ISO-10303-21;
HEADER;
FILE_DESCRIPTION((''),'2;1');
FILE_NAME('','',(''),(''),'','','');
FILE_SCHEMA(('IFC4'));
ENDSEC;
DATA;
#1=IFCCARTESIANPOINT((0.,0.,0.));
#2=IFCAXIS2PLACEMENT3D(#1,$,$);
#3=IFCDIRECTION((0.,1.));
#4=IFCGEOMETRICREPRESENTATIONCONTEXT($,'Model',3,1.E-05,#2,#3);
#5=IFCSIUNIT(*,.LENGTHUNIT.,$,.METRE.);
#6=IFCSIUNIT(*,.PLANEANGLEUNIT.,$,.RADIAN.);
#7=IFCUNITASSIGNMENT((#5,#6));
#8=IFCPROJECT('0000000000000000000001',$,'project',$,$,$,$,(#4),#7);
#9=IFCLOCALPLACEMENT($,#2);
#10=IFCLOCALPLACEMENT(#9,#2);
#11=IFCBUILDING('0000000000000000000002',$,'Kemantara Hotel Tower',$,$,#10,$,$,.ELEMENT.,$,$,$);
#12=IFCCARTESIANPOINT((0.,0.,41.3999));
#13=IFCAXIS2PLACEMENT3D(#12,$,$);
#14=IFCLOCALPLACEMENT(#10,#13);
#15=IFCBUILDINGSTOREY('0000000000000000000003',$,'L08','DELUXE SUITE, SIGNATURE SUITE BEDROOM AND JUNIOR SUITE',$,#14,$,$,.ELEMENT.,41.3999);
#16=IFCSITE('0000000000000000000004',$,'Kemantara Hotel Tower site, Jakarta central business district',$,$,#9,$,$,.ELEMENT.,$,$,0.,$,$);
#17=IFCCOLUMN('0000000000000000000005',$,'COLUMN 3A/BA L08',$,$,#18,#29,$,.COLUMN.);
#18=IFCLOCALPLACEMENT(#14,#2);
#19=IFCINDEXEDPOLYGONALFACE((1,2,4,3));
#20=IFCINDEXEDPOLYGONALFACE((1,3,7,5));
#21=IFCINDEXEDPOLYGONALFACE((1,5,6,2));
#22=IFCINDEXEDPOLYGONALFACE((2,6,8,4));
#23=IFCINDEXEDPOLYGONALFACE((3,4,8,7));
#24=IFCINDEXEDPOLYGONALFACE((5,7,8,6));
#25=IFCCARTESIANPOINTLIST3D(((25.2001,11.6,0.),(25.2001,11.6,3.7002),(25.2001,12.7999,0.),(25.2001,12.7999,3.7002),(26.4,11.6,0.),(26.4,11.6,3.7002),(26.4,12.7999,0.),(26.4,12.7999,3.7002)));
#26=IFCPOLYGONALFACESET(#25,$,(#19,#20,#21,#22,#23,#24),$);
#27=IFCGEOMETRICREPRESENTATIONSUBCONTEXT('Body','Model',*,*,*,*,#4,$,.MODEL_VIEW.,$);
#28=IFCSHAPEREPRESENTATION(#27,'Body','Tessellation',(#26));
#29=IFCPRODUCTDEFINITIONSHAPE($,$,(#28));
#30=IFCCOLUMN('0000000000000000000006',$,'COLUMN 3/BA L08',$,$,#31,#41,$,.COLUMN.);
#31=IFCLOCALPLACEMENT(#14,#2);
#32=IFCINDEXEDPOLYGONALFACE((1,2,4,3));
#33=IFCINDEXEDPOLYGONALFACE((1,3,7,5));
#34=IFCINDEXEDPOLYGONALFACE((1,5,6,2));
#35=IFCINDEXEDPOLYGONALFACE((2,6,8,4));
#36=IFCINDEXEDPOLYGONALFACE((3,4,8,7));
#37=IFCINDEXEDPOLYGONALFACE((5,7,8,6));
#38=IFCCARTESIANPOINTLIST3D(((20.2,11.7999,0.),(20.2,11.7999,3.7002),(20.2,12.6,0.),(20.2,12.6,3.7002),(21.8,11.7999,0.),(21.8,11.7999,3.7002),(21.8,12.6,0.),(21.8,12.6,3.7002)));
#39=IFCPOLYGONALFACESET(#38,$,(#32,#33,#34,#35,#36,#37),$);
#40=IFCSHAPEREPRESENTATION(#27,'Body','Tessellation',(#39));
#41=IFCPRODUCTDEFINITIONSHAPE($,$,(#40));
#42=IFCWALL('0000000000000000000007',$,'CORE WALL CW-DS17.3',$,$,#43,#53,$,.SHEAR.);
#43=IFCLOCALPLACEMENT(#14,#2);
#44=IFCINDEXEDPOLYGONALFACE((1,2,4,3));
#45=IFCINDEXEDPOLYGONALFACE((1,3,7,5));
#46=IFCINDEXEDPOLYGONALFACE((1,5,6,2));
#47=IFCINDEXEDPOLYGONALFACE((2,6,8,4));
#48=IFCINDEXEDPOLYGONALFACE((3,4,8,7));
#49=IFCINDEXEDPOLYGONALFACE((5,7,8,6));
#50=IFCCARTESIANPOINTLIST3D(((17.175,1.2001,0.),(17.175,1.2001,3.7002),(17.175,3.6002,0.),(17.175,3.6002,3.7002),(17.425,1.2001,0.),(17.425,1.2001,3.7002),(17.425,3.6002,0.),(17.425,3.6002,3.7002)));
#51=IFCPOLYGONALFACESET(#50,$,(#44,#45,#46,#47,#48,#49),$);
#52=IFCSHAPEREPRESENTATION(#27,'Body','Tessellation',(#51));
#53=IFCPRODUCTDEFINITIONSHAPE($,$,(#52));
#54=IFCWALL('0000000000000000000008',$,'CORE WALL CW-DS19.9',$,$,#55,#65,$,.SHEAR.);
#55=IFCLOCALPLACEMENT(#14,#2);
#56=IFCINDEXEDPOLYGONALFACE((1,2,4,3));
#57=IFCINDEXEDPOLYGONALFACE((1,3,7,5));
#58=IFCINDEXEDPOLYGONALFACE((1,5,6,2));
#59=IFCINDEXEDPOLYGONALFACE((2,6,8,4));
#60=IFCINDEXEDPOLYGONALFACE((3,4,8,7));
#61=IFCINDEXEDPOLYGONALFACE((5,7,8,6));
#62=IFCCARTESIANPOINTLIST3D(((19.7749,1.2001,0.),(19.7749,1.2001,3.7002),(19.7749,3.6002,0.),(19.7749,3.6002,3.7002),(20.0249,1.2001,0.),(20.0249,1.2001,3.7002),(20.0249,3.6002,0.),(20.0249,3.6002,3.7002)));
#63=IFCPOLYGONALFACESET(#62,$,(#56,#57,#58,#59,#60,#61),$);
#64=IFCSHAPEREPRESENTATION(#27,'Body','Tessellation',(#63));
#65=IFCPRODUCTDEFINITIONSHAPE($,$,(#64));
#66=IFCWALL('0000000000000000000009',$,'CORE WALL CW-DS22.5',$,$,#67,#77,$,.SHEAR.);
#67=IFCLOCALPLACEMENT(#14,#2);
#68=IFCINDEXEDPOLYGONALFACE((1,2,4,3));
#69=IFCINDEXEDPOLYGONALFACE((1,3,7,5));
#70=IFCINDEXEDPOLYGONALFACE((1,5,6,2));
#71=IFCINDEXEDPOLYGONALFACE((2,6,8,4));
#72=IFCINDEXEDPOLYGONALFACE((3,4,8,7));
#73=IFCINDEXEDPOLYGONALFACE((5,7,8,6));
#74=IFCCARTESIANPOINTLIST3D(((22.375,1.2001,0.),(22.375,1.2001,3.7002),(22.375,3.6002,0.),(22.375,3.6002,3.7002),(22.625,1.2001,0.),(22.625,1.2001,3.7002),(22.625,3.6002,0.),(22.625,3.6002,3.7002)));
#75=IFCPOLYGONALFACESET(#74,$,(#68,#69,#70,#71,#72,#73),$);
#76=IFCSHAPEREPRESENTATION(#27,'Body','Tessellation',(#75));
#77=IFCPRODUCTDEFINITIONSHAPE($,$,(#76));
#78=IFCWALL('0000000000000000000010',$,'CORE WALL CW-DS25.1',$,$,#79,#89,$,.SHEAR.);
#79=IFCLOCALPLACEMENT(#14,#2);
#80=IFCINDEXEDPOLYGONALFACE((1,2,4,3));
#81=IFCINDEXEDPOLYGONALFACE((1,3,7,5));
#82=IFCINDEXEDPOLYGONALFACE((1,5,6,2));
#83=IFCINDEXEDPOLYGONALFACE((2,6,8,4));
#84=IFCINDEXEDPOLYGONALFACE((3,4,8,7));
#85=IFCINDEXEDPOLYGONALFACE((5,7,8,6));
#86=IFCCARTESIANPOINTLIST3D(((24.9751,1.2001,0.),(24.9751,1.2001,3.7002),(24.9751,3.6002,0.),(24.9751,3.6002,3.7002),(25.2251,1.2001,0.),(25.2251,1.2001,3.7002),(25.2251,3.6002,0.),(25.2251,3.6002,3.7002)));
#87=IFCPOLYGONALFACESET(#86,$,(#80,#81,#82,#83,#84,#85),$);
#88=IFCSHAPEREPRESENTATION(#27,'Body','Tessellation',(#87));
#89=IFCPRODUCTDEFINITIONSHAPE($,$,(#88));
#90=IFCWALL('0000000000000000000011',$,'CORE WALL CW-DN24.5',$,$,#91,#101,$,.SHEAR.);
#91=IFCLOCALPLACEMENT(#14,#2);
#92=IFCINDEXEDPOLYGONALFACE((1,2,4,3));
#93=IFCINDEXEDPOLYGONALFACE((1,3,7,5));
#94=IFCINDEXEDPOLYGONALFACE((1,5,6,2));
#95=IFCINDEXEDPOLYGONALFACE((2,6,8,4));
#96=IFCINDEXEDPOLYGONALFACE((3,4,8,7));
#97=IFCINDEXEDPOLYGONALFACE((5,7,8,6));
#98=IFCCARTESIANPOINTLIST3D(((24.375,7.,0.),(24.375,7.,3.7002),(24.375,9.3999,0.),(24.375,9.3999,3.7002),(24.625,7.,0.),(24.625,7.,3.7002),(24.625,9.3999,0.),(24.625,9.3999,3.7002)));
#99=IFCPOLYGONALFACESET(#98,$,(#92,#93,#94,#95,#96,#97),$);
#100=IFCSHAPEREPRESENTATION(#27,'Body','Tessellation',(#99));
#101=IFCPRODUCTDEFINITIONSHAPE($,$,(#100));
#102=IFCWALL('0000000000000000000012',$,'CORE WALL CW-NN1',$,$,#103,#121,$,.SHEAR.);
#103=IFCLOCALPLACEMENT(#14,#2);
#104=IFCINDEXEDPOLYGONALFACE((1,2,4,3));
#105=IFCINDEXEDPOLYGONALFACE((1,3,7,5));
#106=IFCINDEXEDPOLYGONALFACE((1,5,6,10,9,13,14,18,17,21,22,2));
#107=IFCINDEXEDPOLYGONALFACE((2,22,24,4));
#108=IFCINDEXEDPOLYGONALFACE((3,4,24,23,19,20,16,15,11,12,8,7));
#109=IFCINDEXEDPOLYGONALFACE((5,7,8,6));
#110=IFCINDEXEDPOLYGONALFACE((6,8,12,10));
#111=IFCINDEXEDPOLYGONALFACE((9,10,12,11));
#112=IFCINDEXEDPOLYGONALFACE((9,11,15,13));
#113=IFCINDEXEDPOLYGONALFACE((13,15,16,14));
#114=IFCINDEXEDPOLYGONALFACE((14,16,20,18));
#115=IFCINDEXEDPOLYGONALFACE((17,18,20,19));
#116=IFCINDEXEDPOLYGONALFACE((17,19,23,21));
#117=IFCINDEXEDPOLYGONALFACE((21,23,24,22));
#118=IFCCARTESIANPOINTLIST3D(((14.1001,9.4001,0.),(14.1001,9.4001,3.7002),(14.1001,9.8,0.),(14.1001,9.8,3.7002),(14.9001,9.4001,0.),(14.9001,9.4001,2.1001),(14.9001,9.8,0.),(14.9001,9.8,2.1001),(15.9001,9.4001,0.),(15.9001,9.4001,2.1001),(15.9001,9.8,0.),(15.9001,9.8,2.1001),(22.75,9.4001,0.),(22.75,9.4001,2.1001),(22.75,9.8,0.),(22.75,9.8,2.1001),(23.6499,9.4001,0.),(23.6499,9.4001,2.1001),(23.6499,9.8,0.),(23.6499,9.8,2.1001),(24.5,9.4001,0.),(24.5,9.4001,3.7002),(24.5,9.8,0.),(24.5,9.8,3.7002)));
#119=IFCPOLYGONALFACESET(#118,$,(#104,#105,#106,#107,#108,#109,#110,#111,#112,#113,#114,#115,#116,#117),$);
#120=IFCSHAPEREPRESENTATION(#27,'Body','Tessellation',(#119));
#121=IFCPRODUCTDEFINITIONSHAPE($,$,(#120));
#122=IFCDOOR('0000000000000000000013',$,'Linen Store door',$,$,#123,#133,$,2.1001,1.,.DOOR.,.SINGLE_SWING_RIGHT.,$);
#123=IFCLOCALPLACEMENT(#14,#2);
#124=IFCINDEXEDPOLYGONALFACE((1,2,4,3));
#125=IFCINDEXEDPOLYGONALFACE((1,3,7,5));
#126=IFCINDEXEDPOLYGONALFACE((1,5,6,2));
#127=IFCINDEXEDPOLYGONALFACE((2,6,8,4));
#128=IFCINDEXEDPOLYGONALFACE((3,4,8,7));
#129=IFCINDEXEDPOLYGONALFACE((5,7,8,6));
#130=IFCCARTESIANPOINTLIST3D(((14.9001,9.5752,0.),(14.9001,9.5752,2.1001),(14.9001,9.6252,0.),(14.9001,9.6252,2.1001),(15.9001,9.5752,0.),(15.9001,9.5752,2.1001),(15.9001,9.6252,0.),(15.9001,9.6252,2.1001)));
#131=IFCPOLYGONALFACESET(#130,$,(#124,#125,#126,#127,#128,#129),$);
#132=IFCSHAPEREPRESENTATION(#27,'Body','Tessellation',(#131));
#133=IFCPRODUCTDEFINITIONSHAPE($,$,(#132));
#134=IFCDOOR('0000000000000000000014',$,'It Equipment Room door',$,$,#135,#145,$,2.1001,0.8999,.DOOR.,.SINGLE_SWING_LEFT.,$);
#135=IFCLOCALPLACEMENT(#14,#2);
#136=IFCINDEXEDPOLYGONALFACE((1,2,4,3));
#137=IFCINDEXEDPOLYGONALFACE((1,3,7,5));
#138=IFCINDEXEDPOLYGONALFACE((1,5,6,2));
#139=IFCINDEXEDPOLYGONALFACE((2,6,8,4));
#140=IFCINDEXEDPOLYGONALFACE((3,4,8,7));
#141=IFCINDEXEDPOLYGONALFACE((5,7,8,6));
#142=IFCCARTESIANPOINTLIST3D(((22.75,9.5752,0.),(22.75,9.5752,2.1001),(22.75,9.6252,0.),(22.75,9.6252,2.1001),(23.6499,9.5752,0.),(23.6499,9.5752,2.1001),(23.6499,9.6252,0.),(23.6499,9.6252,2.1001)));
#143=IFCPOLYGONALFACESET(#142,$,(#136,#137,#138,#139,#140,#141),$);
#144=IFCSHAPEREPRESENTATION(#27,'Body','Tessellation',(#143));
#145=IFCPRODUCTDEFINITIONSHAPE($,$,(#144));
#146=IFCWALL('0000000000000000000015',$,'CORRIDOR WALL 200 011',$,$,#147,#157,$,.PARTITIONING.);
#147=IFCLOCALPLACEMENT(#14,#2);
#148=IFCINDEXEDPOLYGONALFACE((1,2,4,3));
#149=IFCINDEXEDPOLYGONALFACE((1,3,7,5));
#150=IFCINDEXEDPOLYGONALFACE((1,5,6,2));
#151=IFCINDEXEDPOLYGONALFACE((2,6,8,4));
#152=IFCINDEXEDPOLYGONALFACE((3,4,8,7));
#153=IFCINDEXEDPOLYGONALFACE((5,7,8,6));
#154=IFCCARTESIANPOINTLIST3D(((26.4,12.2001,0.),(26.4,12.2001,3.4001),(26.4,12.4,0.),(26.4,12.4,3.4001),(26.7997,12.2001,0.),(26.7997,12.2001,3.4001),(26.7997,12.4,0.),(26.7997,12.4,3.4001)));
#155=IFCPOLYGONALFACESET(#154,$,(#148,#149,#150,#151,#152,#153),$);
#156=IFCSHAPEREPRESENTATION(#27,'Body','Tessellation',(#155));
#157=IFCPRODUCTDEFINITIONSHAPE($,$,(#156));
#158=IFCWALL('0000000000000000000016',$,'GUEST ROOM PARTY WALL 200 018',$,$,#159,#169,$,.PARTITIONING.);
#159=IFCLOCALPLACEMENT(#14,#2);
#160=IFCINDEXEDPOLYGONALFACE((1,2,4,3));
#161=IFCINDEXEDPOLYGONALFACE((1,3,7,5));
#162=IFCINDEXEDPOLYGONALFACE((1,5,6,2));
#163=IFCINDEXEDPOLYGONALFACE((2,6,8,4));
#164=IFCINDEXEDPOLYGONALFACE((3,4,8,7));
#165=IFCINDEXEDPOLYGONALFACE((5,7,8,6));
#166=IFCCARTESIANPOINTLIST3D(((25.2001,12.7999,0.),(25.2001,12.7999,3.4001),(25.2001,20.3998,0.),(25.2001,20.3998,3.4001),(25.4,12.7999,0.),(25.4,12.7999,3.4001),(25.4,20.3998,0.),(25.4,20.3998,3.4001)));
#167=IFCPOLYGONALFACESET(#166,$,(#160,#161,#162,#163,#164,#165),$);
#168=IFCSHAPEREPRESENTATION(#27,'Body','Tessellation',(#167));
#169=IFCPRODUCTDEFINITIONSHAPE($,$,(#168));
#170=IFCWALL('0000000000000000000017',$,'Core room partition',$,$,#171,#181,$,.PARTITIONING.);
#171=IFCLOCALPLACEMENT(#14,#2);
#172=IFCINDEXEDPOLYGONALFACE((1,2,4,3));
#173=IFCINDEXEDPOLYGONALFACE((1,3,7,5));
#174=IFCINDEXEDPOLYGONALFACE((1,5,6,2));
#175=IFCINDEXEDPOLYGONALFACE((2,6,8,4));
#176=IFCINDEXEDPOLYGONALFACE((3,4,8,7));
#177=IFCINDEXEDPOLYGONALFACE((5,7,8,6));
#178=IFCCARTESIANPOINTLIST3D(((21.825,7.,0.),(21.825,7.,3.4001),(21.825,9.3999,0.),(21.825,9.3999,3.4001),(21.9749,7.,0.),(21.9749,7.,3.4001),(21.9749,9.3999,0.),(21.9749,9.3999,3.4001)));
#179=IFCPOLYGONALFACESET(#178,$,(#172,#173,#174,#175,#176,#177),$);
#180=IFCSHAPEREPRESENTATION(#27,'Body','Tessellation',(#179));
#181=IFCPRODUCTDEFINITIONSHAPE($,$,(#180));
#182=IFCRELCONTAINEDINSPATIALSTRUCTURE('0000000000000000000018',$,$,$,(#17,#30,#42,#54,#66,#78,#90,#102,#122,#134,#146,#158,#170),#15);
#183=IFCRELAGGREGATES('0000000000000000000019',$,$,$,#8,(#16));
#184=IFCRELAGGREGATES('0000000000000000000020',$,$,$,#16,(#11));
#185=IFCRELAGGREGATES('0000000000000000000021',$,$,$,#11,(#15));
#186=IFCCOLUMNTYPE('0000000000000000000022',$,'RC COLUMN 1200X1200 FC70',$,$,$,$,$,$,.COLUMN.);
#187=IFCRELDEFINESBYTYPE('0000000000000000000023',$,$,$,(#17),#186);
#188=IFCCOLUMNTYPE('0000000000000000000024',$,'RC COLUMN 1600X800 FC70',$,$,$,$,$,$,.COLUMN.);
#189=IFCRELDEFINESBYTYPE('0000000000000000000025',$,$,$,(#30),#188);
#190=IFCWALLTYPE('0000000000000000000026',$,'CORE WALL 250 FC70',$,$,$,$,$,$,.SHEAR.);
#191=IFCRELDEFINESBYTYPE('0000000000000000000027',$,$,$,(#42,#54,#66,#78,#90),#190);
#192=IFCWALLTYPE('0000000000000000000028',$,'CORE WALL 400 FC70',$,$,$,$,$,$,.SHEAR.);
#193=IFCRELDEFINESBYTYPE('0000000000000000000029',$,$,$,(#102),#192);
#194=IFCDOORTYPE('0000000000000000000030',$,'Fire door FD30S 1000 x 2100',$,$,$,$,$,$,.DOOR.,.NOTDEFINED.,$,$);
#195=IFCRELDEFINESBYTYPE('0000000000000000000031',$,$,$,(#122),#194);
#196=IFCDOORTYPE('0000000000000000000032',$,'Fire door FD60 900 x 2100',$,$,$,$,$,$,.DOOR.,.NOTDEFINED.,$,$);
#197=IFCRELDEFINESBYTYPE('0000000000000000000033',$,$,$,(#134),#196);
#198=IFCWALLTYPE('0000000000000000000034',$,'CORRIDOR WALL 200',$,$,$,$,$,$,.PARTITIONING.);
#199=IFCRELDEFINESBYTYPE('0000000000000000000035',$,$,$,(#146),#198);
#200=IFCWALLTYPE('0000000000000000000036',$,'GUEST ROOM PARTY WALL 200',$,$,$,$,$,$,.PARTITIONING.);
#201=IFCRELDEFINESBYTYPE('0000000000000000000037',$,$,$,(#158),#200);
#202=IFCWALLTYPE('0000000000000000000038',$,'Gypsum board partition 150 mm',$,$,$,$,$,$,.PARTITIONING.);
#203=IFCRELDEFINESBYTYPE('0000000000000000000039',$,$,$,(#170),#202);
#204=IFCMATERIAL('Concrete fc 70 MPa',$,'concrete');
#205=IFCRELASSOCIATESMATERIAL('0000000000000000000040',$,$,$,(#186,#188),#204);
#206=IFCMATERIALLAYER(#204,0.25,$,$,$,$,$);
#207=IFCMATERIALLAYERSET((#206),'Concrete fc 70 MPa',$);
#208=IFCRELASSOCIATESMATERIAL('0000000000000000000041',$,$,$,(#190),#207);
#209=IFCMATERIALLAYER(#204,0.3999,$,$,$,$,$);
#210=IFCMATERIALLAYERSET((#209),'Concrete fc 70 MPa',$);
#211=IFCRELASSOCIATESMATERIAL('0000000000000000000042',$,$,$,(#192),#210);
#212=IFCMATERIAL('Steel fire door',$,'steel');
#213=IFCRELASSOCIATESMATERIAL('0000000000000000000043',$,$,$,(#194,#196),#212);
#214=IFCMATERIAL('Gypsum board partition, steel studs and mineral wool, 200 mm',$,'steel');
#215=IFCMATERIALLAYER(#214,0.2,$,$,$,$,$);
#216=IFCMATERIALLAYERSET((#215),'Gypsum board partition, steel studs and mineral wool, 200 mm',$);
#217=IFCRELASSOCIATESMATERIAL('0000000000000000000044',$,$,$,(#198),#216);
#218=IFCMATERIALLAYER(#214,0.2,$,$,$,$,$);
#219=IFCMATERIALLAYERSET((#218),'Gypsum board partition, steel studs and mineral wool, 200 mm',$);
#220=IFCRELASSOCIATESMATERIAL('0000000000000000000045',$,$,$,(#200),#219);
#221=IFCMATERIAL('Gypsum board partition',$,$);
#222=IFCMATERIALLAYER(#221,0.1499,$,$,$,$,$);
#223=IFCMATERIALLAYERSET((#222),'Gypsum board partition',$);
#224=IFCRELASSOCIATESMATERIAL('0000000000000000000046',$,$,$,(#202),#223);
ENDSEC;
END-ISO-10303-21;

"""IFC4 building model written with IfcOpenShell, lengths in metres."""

from ifc_helpers import new_model, si_unit, direction, frame, frame_2d, origin, origin_2d, place, context, subcontext, project, spatial, rectangle, extrude, material, layer, layer_set, material_profile, profile_set, type_object, element, fill, save


model = new_model("IFC4")

# Units and contexts
model_context = context("Model", 3, precision=1e-05, world=origin(), true_north=direction((0.0, 1.0)))
body_context = subcontext(model_context, "Body", "Model", "MODEL_VIEW")
ifc_project = project(units=[si_unit("LENGTHUNIT", "METRE"), si_unit("PLANEANGLEUNIT", "RADIAN")], contexts=[model_context])

# Site, building, storey
site_placement = place(None, origin())
site = spatial("IfcSite", under=ifc_project, at=site_placement, Name="Kemantara Hotel Tower site, Jakarta central business district", CompositionType="ELEMENT", RefElevation=0.0)
building_placement = place(site_placement, origin())
building = spatial("IfcBuilding", under=site, at=building_placement, Name="Kemantara Hotel Tower", CompositionType="ELEMENT")
storey_placement = place(building_placement, frame((0.0, 0.0, 41.3999)))
storey = spatial("IfcBuildingStorey", under=building, at=storey_placement, Name="L08", Description="DELUXE SUITE, SIGNATURE SUITE BEDROOM AND JUNIOR SUITE", CompositionType="ELEMENT", Elevation=41.3999)

# Columns
ifc_material_1 = material(Name="Concrete fc 70 MPa", Category="concrete")
ifc_material_profile_1 = material_profile(ifc_material_1, rectangle(XDim=1.2, YDim=1.2, at=origin_2d()), Name="RC 1200X1200")
ifc_profile_set_1 = profile_set([ifc_material_profile_1], Name="Concrete fc 70 MPa")
column_type_1 = type_object("IfcColumnType", Name="RC COLUMN 1200X1200 FC70", PredefinedType="COLUMN", material=ifc_profile_set_1)
column_1_placement = place(storey_placement, frame((25.8, 12.2, 0.0), z_axis=(0.0, 0.0, 1.0), x_axis=(1.0, 0.0, 0.0)))
element("IfcColumn", 1, at=column_1_placement, inside=storey, type_object=column_type_1, Name="COLUMN 3A/BA L08", PredefinedType="COLUMN", context=body_context, shape_type="SweptSolid", body=[
    extrude(rectangle(XDim=1.2, YDim=1.2, at=origin_2d()), origin(), (0.0, 0.0, 1.0), 3.7002),
])
ifc_material_profile_2 = material_profile(ifc_material_1, rectangle(XDim=1.6001, YDim=0.8, at=origin_2d()), Name="RC 1600X800")
ifc_profile_set_2 = profile_set([ifc_material_profile_2], Name="Concrete fc 70 MPa")
column_type_2 = type_object("IfcColumnType", Name="RC COLUMN 1600X800 FC70", PredefinedType="COLUMN", material=ifc_profile_set_2)
column_2_placement = place(storey_placement, frame((21.0, 12.2, 0.0), z_axis=(0.0, 0.0, 1.0), x_axis=(1.0, 0.0, 0.0)))
element("IfcColumn", 2, at=column_2_placement, inside=storey, type_object=column_type_2, Name="COLUMN 3/BA L08", PredefinedType="COLUMN", context=body_context, shape_type="SweptSolid", body=[
    extrude(rectangle(XDim=1.6001, YDim=0.8, at=origin_2d()), origin(), (0.0, 0.0, 1.0), 3.7002),
])

# Walls
ifc_layer_1 = layer(ifc_material_1, 0.25)
ifc_layer_set_1 = layer_set([ifc_layer_1], Name="Concrete fc 70 MPa")
wall_type_1 = type_object("IfcWallType", Name="CORE WALL 250 FC70", PredefinedType="SHEAR", material=ifc_layer_set_1)
for number, where, z_axis, x_axis, name in (
    (3, (17.3, 1.2, 0.0), (0.0, 0.0, 1.0), (0.0, 1.0, 0.0), "CORE WALL CW-DS17.3"),
    (4, (19.8999, 1.2, 0.0), (0.0, 0.0, 1.0), (0.0, 1.0, 0.0), "CORE WALL CW-DS19.9"),
    (5, (22.5, 1.2, 0.0), (0.0, 0.0, 1.0), (0.0, 1.0, 0.0), "CORE WALL CW-DS22.5"),
    (6, (25.1001, 1.2, 0.0), (0.0, 0.0, 1.0), (0.0, 1.0, 0.0), "CORE WALL CW-DS25.1"),
):
    element("IfcWall", number, at=place(storey_placement, frame(where, z_axis=z_axis, x_axis=x_axis)), inside=storey, type_object=wall_type_1, Name=name, PredefinedType="SHEAR", context=body_context, shape_type="SweptSolid", body=[
        extrude(rectangle(XDim=2.4001, YDim=0.25, at=frame_2d((1.2002, 0.0))), origin(), (0.0, 0.0, 1.0), 3.7002),
    ])
wall_1_placement = place(storey_placement, frame((24.5, 7.0, 0.0), z_axis=(0.0, 0.0, 1.0), x_axis=(0.0, 1.0, 0.0)))
element("IfcWall", 7, at=wall_1_placement, inside=storey, type_object=wall_type_1, Name="CORE WALL CW-DN24.5", PredefinedType="SHEAR", context=body_context, shape_type="SweptSolid", body=[
    extrude(rectangle(XDim=2.3999, YDim=0.25, at=frame_2d((1.2, 0.0))), origin(), (0.0, 0.0, 1.0), 3.7002),
])

# Wall, openings, doors
ifc_layer_2 = layer(ifc_material_1, 0.3999)
ifc_layer_set_2 = layer_set([ifc_layer_2], Name="Concrete fc 70 MPa")
wall_type_2 = type_object("IfcWallType", Name="CORE WALL 400 FC70", PredefinedType="SHEAR", material=ifc_layer_set_2)
wall_2_placement = place(storey_placement, frame((14.1001, 9.6001, 0.0), z_axis=(0.0, 0.0, 1.0), x_axis=(1.0, 0.0, 0.0)))
wall_2 = element("IfcWall", 8, at=wall_2_placement, inside=storey, type_object=wall_type_2, Name="CORE WALL CW-NN1", PredefinedType="SHEAR", context=body_context, shape_type="SweptSolid", body=[
    extrude(rectangle(XDim=10.3999, YDim=0.3999, at=frame_2d((5.2, 0.0))), origin(), (0.0, 0.0, 1.0), 3.7002),
])
opening_1_placement = place(wall_2_placement, frame((0.8, 0.0, 0.0)))
opening_1 = element("IfcOpeningElement", 9, at=opening_1_placement, cuts=wall_2, PredefinedType="OPENING", context=body_context, shape_type="SweptSolid", body=[
    extrude(rectangle(XDim=1.0, YDim=2.1001, at=frame_2d((0.5, 1.05))), frame((0.0, 0.21, 0.0), z_axis=(0.0, -1.0, 0.0), x_axis=(1.0, 0.0, 0.0)), (0.0, 0.0, 1.0), 0.4199),
])
opening_2_placement = place(wall_2_placement, frame((8.6499, 0.0, 0.0)))
opening_2 = element("IfcOpeningElement", 10, at=opening_2_placement, cuts=wall_2, PredefinedType="OPENING", context=body_context, shape_type="SweptSolid", body=[
    extrude(rectangle(XDim=0.8999, YDim=2.1001, at=frame_2d((0.45, 1.05))), frame((0.0, 0.21, 0.0), z_axis=(0.0, -1.0, 0.0), x_axis=(1.0, 0.0, 0.0)), (0.0, 0.0, 1.0), 0.4199),
])
ifc_material_2 = material(Name="Steel fire door", Category="steel")
door_type_1 = type_object("IfcDoorType", Name="Fire door FD30S 1000 x 2100", OperationType="NOTDEFINED", PredefinedType="DOOR", material=ifc_material_2)
door_1_placement = place(opening_1_placement, frame((1.0, 0.0, 0.0), z_axis=(0.0, 0.0, 1.0), x_axis=(-1.0, 0.0, 0.0)))
door_1 = element("IfcDoor", 11, at=door_1_placement, inside=storey, type_object=door_type_1, Name="Linen Store door", OperationType="SINGLE_SWING_RIGHT", OverallHeight=2.1001, OverallWidth=1.0, PredefinedType="DOOR", context=body_context, shape_type="SweptSolid", body=[
    extrude(rectangle(XDim=1.0, YDim=2.1001, at=frame_2d((0.5, 1.05))), frame((0.0, 0.0249, 0.0), z_axis=(0.0, -1.0, 0.0), x_axis=(1.0, 0.0, 0.0)), (0.0, 0.0, 1.0), 0.05),
])
fill(opening_1, door_1)
door_type_2 = type_object("IfcDoorType", Name="Fire door FD60 900 x 2100", OperationType="NOTDEFINED", PredefinedType="DOOR", material=ifc_material_2)
door_2_placement = place(opening_2_placement, frame((0.8999, 0.0, 0.0), z_axis=(0.0, 0.0, 1.0), x_axis=(-1.0, 0.0, 0.0)))
door_2 = element("IfcDoor", 12, at=door_2_placement, inside=storey, type_object=door_type_2, Name="It Equipment Room door", OperationType="SINGLE_SWING_LEFT", OverallHeight=2.1001, OverallWidth=0.8999, PredefinedType="DOOR", context=body_context, shape_type="SweptSolid", body=[
    extrude(rectangle(XDim=0.8999, YDim=2.1001, at=frame_2d((0.45, 1.05))), frame((0.0, 0.0249, 0.0), z_axis=(0.0, -1.0, 0.0), x_axis=(1.0, 0.0, 0.0)), (0.0, 0.0, 1.0), 0.05),
])
fill(opening_2, door_2)

# Walls
ifc_material_3 = material(Name="Gypsum board partition, steel studs and mineral wool, 200 mm", Category="steel")
ifc_layer_3 = layer(ifc_material_3, 0.2)
ifc_layer_set_3 = layer_set([ifc_layer_3], Name="Gypsum board partition, steel studs and mineral wool, 200 mm")
wall_type_3 = type_object("IfcWallType", Name="CORRIDOR WALL 200", PredefinedType="PARTITIONING", material=ifc_layer_set_3)
wall_3_placement = place(storey_placement, frame((26.4001, 12.3, 0.0), z_axis=(0.0, 0.0, 1.0), x_axis=(1.0, 0.0, 0.0)))
element("IfcWall", 13, at=wall_3_placement, inside=storey, type_object=wall_type_3, Name="CORRIDOR WALL 200 011", PredefinedType="PARTITIONING", context=body_context, shape_type="SweptSolid", body=[
    extrude(rectangle(XDim=0.3997, YDim=0.2, at=frame_2d((0.1997, 0.0))), origin(), (0.0, 0.0, 1.0), 3.4001),
])
ifc_layer_4 = layer(ifc_material_3, 0.2)
ifc_layer_set_4 = layer_set([ifc_layer_4], Name="Gypsum board partition, steel studs and mineral wool, 200 mm")
wall_type_4 = type_object("IfcWallType", Name="GUEST ROOM PARTY WALL 200", PredefinedType="PARTITIONING", material=ifc_layer_set_4)
wall_4_placement = place(storey_placement, frame((25.3, 12.8, 0.0), z_axis=(0.0, 0.0, 1.0), x_axis=(0.0, 1.0, 0.0)))
element("IfcWall", 14, at=wall_4_placement, inside=storey, type_object=wall_type_4, Name="GUEST ROOM PARTY WALL 200 018", PredefinedType="PARTITIONING", context=body_context, shape_type="SweptSolid", body=[
    extrude(rectangle(XDim=7.5999, YDim=0.2, at=frame_2d((3.7998, 0.0))), origin(), (0.0, 0.0, 1.0), 3.4001),
])
ifc_material_4 = material(Name="Gypsum board partition")
ifc_layer_5 = layer(ifc_material_4, 0.1499)
ifc_layer_set_5 = layer_set([ifc_layer_5], Name="Gypsum board partition")
wall_type_5 = type_object("IfcWallType", Name="Gypsum board partition 150 mm", PredefinedType="PARTITIONING", material=ifc_layer_set_5)
wall_5_placement = place(storey_placement, frame((21.8999, 7.0, 0.0), z_axis=(0.0, 0.0, 1.0), x_axis=(0.0, 1.0, 0.0)))
element("IfcWall", 15, at=wall_5_placement, inside=storey, type_object=wall_type_5, Name="Core room partition", PredefinedType="PARTITIONING", context=body_context, shape_type="SweptSolid", body=[
    extrude(rectangle(XDim=2.3999, YDim=0.1499, at=frame_2d((1.2, 0.0))), origin(), (0.0, 0.0, 1.0), 3.4001),
])

save(model, "model.ifc")
